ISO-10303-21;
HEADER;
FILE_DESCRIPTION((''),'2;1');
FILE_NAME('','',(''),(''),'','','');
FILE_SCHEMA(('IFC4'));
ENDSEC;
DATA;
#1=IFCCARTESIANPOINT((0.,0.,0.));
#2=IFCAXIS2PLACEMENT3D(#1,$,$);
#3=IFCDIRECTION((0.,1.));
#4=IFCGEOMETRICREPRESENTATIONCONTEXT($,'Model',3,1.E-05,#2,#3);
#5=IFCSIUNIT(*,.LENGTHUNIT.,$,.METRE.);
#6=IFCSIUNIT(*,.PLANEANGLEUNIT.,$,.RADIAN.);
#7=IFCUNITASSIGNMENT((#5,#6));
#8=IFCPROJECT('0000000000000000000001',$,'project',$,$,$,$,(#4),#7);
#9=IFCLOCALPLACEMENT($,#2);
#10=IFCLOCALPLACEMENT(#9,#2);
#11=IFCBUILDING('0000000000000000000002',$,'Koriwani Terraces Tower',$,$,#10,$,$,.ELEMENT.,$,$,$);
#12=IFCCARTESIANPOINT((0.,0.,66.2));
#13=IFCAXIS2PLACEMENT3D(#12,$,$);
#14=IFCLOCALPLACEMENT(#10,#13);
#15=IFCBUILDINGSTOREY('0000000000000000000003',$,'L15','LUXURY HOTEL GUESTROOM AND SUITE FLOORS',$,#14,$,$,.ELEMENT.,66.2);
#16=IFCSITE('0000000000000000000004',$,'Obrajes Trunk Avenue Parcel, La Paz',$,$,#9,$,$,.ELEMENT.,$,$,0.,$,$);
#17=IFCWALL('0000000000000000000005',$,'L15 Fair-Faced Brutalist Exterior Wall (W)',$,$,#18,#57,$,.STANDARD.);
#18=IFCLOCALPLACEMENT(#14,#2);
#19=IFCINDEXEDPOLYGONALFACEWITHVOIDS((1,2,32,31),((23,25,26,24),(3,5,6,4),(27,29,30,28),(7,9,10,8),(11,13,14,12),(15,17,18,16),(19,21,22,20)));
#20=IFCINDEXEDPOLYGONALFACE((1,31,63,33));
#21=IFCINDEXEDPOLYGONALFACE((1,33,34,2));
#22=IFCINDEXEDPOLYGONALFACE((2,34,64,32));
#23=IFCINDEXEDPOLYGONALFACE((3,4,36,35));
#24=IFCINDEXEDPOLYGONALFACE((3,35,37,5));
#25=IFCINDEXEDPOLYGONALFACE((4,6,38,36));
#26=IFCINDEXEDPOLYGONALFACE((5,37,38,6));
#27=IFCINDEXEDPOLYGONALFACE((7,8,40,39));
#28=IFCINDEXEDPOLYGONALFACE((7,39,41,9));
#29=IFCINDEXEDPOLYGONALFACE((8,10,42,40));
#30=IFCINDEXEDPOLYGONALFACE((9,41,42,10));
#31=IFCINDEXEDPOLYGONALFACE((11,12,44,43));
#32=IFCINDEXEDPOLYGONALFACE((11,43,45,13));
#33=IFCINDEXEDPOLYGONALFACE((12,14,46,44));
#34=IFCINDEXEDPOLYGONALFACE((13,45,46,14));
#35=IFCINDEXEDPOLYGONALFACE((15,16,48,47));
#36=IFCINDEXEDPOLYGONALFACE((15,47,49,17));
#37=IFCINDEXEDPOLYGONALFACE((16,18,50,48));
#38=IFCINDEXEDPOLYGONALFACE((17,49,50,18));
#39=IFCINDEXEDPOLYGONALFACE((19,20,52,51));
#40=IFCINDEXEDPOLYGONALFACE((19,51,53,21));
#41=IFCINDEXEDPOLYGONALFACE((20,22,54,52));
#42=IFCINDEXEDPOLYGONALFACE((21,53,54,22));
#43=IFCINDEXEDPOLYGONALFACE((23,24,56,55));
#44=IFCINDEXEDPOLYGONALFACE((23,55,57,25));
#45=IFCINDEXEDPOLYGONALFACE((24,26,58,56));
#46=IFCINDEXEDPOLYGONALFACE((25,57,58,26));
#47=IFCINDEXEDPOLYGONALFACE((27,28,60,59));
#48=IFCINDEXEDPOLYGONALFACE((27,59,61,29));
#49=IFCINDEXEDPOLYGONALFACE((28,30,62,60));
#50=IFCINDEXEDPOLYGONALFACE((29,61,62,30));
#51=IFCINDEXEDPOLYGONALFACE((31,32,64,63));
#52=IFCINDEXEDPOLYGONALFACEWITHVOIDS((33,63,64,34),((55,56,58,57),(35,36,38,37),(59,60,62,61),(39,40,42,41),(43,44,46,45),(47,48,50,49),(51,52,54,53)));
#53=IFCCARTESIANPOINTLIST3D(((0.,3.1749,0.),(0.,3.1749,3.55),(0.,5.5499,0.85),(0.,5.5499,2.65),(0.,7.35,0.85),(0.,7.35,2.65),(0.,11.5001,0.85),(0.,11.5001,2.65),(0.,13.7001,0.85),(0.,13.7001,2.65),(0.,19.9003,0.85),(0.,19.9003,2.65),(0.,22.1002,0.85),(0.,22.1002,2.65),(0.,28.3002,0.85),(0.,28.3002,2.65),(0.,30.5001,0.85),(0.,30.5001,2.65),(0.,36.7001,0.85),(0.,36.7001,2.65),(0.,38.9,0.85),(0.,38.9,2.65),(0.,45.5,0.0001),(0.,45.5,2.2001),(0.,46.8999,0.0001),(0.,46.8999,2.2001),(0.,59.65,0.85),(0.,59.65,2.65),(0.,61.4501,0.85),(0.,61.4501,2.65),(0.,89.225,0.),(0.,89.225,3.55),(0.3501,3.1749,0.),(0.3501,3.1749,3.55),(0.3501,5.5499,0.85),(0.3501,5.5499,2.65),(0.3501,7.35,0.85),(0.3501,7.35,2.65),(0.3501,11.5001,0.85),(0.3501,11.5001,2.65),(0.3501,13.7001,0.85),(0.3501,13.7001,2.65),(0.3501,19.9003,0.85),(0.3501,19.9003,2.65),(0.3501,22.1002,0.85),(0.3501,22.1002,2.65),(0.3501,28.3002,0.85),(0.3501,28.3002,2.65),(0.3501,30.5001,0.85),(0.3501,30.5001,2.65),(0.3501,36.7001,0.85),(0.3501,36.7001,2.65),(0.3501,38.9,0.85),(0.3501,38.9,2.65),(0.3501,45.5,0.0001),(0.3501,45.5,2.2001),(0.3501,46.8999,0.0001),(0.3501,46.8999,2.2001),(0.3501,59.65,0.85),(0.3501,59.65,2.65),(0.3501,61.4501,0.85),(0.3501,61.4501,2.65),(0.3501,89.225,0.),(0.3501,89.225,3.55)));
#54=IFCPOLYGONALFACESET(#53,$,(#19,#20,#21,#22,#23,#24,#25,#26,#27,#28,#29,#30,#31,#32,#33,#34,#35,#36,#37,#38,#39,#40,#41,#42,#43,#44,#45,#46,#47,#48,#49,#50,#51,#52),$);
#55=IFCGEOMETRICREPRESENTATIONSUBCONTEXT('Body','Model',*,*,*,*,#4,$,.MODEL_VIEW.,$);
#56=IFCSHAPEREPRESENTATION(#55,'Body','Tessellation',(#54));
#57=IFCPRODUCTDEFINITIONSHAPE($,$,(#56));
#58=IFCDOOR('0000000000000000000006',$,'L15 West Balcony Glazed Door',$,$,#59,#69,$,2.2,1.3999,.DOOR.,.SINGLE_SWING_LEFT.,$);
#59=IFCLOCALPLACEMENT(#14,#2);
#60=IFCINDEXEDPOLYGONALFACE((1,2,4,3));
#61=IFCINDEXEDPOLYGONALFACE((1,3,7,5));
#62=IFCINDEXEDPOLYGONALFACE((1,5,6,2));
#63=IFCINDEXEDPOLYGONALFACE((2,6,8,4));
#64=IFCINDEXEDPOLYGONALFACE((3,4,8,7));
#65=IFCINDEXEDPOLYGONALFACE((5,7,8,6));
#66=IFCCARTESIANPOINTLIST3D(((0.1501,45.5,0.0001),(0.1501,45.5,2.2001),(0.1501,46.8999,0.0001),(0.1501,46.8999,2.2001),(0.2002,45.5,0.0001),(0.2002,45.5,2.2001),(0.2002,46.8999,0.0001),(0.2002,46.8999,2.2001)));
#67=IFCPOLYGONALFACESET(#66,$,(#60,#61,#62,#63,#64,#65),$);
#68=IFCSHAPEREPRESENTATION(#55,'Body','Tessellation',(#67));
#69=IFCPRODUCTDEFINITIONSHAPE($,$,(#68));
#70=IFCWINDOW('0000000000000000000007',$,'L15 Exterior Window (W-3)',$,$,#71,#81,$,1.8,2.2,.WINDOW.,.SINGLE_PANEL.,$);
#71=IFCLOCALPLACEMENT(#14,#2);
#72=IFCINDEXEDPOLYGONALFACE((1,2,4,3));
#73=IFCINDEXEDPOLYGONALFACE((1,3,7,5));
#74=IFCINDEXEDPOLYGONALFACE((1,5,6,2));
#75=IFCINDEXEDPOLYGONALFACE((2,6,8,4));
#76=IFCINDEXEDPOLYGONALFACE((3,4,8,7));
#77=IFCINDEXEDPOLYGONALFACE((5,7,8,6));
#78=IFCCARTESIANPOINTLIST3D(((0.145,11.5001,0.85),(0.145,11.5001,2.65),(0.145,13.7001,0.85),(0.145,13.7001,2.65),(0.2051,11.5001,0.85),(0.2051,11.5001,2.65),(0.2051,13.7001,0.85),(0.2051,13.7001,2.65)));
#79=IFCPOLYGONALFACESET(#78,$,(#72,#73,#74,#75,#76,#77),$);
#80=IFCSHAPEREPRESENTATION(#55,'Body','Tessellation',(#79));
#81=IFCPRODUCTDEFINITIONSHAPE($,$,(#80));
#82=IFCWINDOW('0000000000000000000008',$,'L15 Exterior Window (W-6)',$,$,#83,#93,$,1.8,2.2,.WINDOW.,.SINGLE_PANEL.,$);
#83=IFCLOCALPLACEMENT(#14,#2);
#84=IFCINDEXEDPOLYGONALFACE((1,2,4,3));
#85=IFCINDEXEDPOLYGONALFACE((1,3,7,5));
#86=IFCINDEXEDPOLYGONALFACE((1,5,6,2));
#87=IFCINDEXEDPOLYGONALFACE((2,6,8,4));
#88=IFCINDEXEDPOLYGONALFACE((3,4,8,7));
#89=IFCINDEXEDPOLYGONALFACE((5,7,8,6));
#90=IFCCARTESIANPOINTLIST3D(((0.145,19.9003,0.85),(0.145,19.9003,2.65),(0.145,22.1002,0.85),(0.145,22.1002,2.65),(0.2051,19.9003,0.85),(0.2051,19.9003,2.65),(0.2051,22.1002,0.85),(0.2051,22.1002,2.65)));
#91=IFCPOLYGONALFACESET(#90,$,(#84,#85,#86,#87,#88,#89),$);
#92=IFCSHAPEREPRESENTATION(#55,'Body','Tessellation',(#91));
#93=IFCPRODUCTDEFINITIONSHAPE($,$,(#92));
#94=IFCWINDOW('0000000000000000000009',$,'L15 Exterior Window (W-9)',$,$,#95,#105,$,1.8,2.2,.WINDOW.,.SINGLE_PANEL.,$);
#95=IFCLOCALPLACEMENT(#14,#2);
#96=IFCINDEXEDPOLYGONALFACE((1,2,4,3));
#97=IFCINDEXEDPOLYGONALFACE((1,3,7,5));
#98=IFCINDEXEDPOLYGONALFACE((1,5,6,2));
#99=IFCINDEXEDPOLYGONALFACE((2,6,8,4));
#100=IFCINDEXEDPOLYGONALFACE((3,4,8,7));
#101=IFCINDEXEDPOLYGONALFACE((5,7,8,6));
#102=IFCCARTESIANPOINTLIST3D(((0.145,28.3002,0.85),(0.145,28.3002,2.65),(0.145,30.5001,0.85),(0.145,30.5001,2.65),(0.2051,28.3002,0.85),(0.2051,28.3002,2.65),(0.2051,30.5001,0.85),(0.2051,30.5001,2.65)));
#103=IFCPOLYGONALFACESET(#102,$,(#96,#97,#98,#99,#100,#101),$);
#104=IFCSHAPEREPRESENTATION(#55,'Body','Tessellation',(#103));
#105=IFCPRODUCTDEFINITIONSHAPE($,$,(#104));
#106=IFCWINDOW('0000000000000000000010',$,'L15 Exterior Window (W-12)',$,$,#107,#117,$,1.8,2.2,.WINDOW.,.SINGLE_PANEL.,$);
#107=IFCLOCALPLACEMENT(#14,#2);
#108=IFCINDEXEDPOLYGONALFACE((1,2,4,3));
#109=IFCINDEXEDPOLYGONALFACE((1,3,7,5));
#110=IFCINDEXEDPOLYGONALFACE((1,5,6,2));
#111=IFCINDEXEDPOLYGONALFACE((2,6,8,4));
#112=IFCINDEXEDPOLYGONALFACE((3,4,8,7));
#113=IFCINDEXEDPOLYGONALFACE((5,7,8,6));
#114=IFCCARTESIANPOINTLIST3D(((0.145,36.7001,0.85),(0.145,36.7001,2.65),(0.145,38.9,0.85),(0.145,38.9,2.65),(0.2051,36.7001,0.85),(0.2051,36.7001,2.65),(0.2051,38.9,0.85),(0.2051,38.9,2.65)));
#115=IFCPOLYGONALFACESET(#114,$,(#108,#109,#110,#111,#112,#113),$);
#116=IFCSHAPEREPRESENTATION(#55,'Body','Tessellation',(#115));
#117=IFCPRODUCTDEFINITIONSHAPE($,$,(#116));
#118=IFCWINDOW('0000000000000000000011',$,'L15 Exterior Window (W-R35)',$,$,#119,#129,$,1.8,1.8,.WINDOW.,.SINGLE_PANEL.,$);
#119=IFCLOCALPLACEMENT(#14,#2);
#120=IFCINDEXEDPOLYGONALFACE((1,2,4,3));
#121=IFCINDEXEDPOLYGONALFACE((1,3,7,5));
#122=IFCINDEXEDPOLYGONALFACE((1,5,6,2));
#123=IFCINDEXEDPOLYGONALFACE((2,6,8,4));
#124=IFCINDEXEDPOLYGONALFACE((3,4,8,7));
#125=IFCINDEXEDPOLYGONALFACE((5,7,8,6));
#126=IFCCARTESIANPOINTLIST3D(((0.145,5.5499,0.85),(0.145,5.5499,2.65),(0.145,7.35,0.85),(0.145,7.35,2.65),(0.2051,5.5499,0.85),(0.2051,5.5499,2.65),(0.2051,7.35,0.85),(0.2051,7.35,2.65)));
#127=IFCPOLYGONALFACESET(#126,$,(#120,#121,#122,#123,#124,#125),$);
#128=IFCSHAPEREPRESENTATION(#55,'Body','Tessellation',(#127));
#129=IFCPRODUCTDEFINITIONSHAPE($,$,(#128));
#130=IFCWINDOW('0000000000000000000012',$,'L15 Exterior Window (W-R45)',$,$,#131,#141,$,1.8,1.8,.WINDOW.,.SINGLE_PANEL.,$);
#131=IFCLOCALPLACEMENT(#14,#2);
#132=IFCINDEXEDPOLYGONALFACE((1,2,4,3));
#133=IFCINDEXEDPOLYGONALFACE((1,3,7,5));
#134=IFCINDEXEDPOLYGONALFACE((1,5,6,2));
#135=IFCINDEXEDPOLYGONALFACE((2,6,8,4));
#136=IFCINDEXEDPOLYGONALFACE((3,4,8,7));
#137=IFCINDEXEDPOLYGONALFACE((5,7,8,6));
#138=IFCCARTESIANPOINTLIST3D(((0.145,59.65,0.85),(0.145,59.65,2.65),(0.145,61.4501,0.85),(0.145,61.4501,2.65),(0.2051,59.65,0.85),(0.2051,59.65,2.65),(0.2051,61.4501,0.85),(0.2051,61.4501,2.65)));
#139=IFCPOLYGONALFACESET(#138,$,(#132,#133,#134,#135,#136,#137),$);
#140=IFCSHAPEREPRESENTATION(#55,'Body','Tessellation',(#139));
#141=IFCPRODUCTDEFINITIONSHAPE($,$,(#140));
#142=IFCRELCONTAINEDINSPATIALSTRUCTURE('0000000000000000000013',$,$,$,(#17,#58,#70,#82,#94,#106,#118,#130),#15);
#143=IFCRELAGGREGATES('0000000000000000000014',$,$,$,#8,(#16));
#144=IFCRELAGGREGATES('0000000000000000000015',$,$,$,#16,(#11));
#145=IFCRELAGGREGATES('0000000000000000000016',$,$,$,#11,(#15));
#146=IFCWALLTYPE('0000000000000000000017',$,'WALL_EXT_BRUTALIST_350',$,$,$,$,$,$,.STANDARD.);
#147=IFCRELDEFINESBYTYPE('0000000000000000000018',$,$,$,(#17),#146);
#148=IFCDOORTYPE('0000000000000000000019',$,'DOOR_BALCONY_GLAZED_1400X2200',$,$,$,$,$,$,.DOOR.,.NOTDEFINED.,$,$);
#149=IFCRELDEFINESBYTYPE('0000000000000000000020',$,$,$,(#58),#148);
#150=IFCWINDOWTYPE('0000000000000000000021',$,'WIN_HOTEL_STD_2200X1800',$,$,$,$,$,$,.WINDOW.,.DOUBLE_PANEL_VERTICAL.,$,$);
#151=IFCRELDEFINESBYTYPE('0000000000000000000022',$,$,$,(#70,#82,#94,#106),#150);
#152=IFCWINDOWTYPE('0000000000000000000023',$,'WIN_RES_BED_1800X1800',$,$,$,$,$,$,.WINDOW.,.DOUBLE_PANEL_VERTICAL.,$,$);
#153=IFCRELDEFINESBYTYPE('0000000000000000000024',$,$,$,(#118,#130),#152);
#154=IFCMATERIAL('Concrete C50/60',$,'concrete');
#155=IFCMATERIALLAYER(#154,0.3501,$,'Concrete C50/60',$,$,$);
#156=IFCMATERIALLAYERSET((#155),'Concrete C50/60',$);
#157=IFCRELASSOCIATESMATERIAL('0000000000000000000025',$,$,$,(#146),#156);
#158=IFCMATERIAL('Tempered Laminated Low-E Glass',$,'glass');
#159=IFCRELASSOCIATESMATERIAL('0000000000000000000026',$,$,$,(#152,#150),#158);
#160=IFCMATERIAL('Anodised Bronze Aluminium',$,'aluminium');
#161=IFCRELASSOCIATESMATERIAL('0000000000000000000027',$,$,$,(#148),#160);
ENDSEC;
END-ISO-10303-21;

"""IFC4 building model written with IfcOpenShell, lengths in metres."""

from ifc_helpers import new_model, si_unit, direction, frame, frame_2d, origin, place, context, subcontext, project, spatial, rectangle, extrude, material, layer, layer_set, type_object, element, fill, save


model = new_model("IFC4")

# Units and contexts
model_context = context("Model", 3, precision=1e-05, world=origin(), true_north=direction((0.0, 1.0)))
body_context = subcontext(model_context, "Body", "Model", "MODEL_VIEW")
ifc_project = project(units=[si_unit("LENGTHUNIT", "METRE"), si_unit("PLANEANGLEUNIT", "RADIAN")], contexts=[model_context])

# Site, building, storey
site_placement = place(None, origin())
site = spatial("IfcSite", under=ifc_project, at=site_placement, Name="Obrajes Trunk Avenue Parcel, La Paz", CompositionType="ELEMENT", RefElevation=0.0)
building_placement = place(site_placement, origin())
building = spatial("IfcBuilding", under=site, at=building_placement, Name="Koriwani Terraces Tower", CompositionType="ELEMENT")
storey_placement = place(building_placement, frame((0.0, 0.0, 66.2)))
storey = spatial("IfcBuildingStorey", under=building, at=storey_placement, Name="L15", Description="LUXURY HOTEL GUESTROOM AND SUITE FLOORS", CompositionType="ELEMENT", Elevation=66.2)

# Shared definitions
ifc_material_1 = material(Name="Concrete C50/60", Category="concrete")

# Shared definitions
ifc_layer_1 = layer(ifc_material_1, 0.3501, Name="Concrete C50/60")
ifc_layer_set_1 = layer_set([ifc_layer_1], Name="Concrete C50/60")
wall_type_1 = type_object("IfcWallType", Name="WALL_EXT_BRUTALIST_350", PredefinedType="STANDARD", material=ifc_layer_set_1)
ifc_material_2 = material(Name="Tempered Laminated Low-E Glass", Category="glass")
window_type_1 = type_object("IfcWindowType", Name="WIN_RES_BED_1800X1800", PartitioningType="DOUBLE_PANEL_VERTICAL", PredefinedType="WINDOW", material=ifc_material_2)

# Wall, openings, door, windows
wall_1_placement = place(storey_placement, frame((0.175, 3.175, 0.0), z_axis=(0.0, 0.0, 1.0), x_axis=(0.0, 1.0, 0.0)))
wall_1 = element("IfcWall", 1, at=wall_1_placement, inside=storey, type_object=wall_type_1, Name="L15 Fair-Faced Brutalist Exterior Wall (W)", PredefinedType="STANDARD", context=body_context, shape_type="SweptSolid", body=[
    extrude(rectangle(XDim=86.05, YDim=0.3501, at=frame_2d((43.0249, 0.0))), origin(), (0.0, 0.0, 1.0), 3.55),
])
opening_1_placement = place(wall_1_placement, frame((42.325, 0.0, 0.0)))
opening_1 = element("IfcOpeningElement", 2, at=opening_1_placement, cuts=wall_1, PredefinedType="OPENING", context=body_context, shape_type="SweptSolid", body=[
    extrude(rectangle(XDim=1.3999, YDim=2.2, at=frame_2d((0.7, 1.1001))), frame((0.0, 0.1851, 0.0), z_axis=(0.0, -1.0, 0.0), x_axis=(1.0, 0.0, 0.0)), (0.0, 0.0, 1.0), 0.3701),
])
opening_2_placement = place(wall_1_placement, frame((8.325, 0.0, 0.8501)))
opening_2 = element("IfcOpeningElement", 3, at=opening_2_placement, cuts=wall_1, PredefinedType="OPENING", context=body_context, shape_type="SweptSolid", body=[
    extrude(rectangle(XDim=2.2, YDim=1.8, at=frame_2d((1.1001, 0.8999))), frame((0.0, 0.1851, 0.0), z_axis=(0.0, -1.0, 0.0), x_axis=(1.0, 0.0, 0.0)), (0.0, 0.0, 1.0), 0.3701),
])
opening_3_placement = place(wall_1_placement, frame((16.7251, 0.0, 0.8501)))
opening_3 = element("IfcOpeningElement", 4, at=opening_3_placement, cuts=wall_1, PredefinedType="OPENING", context=body_context, shape_type="SweptSolid", body=[
    extrude(rectangle(XDim=2.2, YDim=1.8, at=frame_2d((1.1001, 0.8999))), frame((0.0, 0.1851, 0.0), z_axis=(0.0, -1.0, 0.0), x_axis=(1.0, 0.0, 0.0)), (0.0, 0.0, 1.0), 0.3701),
])
opening_4_placement = place(wall_1_placement, frame((25.125, 0.0, 0.8501)))
opening_4 = element("IfcOpeningElement", 5, at=opening_4_placement, cuts=wall_1, PredefinedType="OPENING", context=body_context, shape_type="SweptSolid", body=[
    extrude(rectangle(XDim=2.2, YDim=1.8, at=frame_2d((1.1001, 0.8999))), frame((0.0, 0.1851, 0.0), z_axis=(0.0, -1.0, 0.0), x_axis=(1.0, 0.0, 0.0)), (0.0, 0.0, 1.0), 0.3701),
])
opening_5_placement = place(wall_1_placement, frame((33.5249, 0.0, 0.8501)))
opening_5 = element("IfcOpeningElement", 6, at=opening_5_placement, cuts=wall_1, PredefinedType="OPENING", context=body_context, shape_type="SweptSolid", body=[
    extrude(rectangle(XDim=2.2, YDim=1.8, at=frame_2d((1.1001, 0.8999))), frame((0.0, 0.1851, 0.0), z_axis=(0.0, -1.0, 0.0), x_axis=(1.0, 0.0, 0.0)), (0.0, 0.0, 1.0), 0.3701),
])
opening_6_placement = place(wall_1_placement, frame((2.375, 0.0, 0.8501)))
opening_6 = element("IfcOpeningElement", 7, at=opening_6_placement, cuts=wall_1, PredefinedType="OPENING", context=body_context, shape_type="SweptSolid", body=[
    extrude(rectangle(XDim=1.8, YDim=1.8, at=frame_2d((0.8999, 0.8999))), frame((0.0, 0.1851, 0.0), z_axis=(0.0, -1.0, 0.0), x_axis=(1.0, 0.0, 0.0)), (0.0, 0.0, 1.0), 0.3701),
])
opening_7_placement = place(wall_1_placement, frame((56.4751, 0.0, 0.8501)))
opening_7 = element("IfcOpeningElement", 8, at=opening_7_placement, cuts=wall_1, PredefinedType="OPENING", context=body_context, shape_type="SweptSolid", body=[
    extrude(rectangle(XDim=1.8, YDim=1.8, at=frame_2d((0.8999, 0.8999))), frame((0.0, 0.1851, 0.0), z_axis=(0.0, -1.0, 0.0), x_axis=(1.0, 0.0, 0.0)), (0.0, 0.0, 1.0), 0.3701),
])
ifc_material_3 = material(Name="Anodised Bronze Aluminium", Category="aluminium")
door_type_1 = type_object("IfcDoorType", Name="DOOR_BALCONY_GLAZED_1400X2200", OperationType="NOTDEFINED", PredefinedType="DOOR", material=ifc_material_3)
door_1_placement = place(opening_1_placement, origin())
door_1 = element("IfcDoor", 9, at=door_1_placement, inside=storey, type_object=door_type_1, Name="L15 West Balcony Glazed Door", OperationType="SINGLE_SWING_LEFT", OverallHeight=2.2, OverallWidth=1.3999, PredefinedType="DOOR", context=body_context, shape_type="SweptSolid", body=[
    extrude(rectangle(XDim=1.3999, YDim=2.2, at=frame_2d((0.7, 1.1001))), frame((0.0, 0.0249, 0.0), z_axis=(0.0, -1.0, 0.0), x_axis=(1.0, 0.0, 0.0)), (0.0, 0.0, 1.0), 0.05),
])
fill(opening_1, door_1)
window_type_2 = type_object("IfcWindowType", Name="WIN_HOTEL_STD_2200X1800", PartitioningType="DOUBLE_PANEL_VERTICAL", PredefinedType="WINDOW", material=ifc_material_2)
window_1_placement = place(opening_2_placement, origin())
window_1 = element("IfcWindow", 10, at=window_1_placement, inside=storey, type_object=window_type_2, Name="L15 Exterior Window (W-3)", OverallHeight=1.8, OverallWidth=2.2, PartitioningType="SINGLE_PANEL", PredefinedType="WINDOW", context=body_context, shape_type="SweptSolid", body=[
    extrude(rectangle(XDim=2.2, YDim=1.8, at=frame_2d((1.1001, 0.8999))), frame((0.0, 0.03, 0.0), z_axis=(0.0, -1.0, 0.0), x_axis=(1.0, 0.0, 0.0)), (0.0, 0.0, 1.0), 0.0601),
])
fill(opening_2, window_1)
window_2_placement = place(opening_3_placement, origin())
window_2 = element("IfcWindow", 11, at=window_2_placement, inside=storey, type_object=window_type_2, Name="L15 Exterior Window (W-6)", OverallHeight=1.8, OverallWidth=2.2, PartitioningType="SINGLE_PANEL", PredefinedType="WINDOW", context=body_context, shape_type="SweptSolid", body=[
    extrude(rectangle(XDim=2.2, YDim=1.8, at=frame_2d((1.1001, 0.8999))), frame((0.0, 0.03, 0.0), z_axis=(0.0, -1.0, 0.0), x_axis=(1.0, 0.0, 0.0)), (0.0, 0.0, 1.0), 0.0601),
])
fill(opening_3, window_2)
window_3_placement = place(opening_4_placement, origin())
window_3 = element("IfcWindow", 12, at=window_3_placement, inside=storey, type_object=window_type_2, Name="L15 Exterior Window (W-9)", OverallHeight=1.8, OverallWidth=2.2, PartitioningType="SINGLE_PANEL", PredefinedType="WINDOW", context=body_context, shape_type="SweptSolid", body=[
    extrude(rectangle(XDim=2.2, YDim=1.8, at=frame_2d((1.1001, 0.8999))), frame((0.0, 0.03, 0.0), z_axis=(0.0, -1.0, 0.0), x_axis=(1.0, 0.0, 0.0)), (0.0, 0.0, 1.0), 0.0601),
])
fill(opening_4, window_3)
window_4_placement = place(opening_5_placement, origin())
window_4 = element("IfcWindow", 13, at=window_4_placement, inside=storey, type_object=window_type_2, Name="L15 Exterior Window (W-12)", OverallHeight=1.8, OverallWidth=2.2, PartitioningType="SINGLE_PANEL", PredefinedType="WINDOW", context=body_context, shape_type="SweptSolid", body=[
    extrude(rectangle(XDim=2.2, YDim=1.8, at=frame_2d((1.1001, 0.8999))), frame((0.0, 0.03, 0.0), z_axis=(0.0, -1.0, 0.0), x_axis=(1.0, 0.0, 0.0)), (0.0, 0.0, 1.0), 0.0601),
])
fill(opening_5, window_4)
window_5_placement = place(opening_6_placement, origin())
window_5 = element("IfcWindow", 14, at=window_5_placement, inside=storey, type_object=window_type_1, Name="L15 Exterior Window (W-R35)", OverallHeight=1.8, OverallWidth=1.8, PartitioningType="SINGLE_PANEL", PredefinedType="WINDOW", context=body_context, shape_type="SweptSolid", body=[
    extrude(rectangle(XDim=1.8, YDim=1.8, at=frame_2d((0.8999, 0.8999))), frame((0.0, 0.03, 0.0), z_axis=(0.0, -1.0, 0.0), x_axis=(1.0, 0.0, 0.0)), (0.0, 0.0, 1.0), 0.0601),
])
fill(opening_6, window_5)
window_6_placement = place(opening_7_placement, origin())
window_6 = element("IfcWindow", 15, at=window_6_placement, inside=storey, type_object=window_type_1, Name="L15 Exterior Window (W-R45)", OverallHeight=1.8, OverallWidth=1.8, PartitioningType="SINGLE_PANEL", PredefinedType="WINDOW", context=body_context, shape_type="SweptSolid", body=[
    extrude(rectangle(XDim=1.8, YDim=1.8, at=frame_2d((0.8999, 0.8999))), frame((0.0, 0.03, 0.0), z_axis=(0.0, -1.0, 0.0), x_axis=(1.0, 0.0, 0.0)), (0.0, 0.0, 1.0), 0.0601),
])
fill(opening_7, window_6)

save(model, "model.ifc")
